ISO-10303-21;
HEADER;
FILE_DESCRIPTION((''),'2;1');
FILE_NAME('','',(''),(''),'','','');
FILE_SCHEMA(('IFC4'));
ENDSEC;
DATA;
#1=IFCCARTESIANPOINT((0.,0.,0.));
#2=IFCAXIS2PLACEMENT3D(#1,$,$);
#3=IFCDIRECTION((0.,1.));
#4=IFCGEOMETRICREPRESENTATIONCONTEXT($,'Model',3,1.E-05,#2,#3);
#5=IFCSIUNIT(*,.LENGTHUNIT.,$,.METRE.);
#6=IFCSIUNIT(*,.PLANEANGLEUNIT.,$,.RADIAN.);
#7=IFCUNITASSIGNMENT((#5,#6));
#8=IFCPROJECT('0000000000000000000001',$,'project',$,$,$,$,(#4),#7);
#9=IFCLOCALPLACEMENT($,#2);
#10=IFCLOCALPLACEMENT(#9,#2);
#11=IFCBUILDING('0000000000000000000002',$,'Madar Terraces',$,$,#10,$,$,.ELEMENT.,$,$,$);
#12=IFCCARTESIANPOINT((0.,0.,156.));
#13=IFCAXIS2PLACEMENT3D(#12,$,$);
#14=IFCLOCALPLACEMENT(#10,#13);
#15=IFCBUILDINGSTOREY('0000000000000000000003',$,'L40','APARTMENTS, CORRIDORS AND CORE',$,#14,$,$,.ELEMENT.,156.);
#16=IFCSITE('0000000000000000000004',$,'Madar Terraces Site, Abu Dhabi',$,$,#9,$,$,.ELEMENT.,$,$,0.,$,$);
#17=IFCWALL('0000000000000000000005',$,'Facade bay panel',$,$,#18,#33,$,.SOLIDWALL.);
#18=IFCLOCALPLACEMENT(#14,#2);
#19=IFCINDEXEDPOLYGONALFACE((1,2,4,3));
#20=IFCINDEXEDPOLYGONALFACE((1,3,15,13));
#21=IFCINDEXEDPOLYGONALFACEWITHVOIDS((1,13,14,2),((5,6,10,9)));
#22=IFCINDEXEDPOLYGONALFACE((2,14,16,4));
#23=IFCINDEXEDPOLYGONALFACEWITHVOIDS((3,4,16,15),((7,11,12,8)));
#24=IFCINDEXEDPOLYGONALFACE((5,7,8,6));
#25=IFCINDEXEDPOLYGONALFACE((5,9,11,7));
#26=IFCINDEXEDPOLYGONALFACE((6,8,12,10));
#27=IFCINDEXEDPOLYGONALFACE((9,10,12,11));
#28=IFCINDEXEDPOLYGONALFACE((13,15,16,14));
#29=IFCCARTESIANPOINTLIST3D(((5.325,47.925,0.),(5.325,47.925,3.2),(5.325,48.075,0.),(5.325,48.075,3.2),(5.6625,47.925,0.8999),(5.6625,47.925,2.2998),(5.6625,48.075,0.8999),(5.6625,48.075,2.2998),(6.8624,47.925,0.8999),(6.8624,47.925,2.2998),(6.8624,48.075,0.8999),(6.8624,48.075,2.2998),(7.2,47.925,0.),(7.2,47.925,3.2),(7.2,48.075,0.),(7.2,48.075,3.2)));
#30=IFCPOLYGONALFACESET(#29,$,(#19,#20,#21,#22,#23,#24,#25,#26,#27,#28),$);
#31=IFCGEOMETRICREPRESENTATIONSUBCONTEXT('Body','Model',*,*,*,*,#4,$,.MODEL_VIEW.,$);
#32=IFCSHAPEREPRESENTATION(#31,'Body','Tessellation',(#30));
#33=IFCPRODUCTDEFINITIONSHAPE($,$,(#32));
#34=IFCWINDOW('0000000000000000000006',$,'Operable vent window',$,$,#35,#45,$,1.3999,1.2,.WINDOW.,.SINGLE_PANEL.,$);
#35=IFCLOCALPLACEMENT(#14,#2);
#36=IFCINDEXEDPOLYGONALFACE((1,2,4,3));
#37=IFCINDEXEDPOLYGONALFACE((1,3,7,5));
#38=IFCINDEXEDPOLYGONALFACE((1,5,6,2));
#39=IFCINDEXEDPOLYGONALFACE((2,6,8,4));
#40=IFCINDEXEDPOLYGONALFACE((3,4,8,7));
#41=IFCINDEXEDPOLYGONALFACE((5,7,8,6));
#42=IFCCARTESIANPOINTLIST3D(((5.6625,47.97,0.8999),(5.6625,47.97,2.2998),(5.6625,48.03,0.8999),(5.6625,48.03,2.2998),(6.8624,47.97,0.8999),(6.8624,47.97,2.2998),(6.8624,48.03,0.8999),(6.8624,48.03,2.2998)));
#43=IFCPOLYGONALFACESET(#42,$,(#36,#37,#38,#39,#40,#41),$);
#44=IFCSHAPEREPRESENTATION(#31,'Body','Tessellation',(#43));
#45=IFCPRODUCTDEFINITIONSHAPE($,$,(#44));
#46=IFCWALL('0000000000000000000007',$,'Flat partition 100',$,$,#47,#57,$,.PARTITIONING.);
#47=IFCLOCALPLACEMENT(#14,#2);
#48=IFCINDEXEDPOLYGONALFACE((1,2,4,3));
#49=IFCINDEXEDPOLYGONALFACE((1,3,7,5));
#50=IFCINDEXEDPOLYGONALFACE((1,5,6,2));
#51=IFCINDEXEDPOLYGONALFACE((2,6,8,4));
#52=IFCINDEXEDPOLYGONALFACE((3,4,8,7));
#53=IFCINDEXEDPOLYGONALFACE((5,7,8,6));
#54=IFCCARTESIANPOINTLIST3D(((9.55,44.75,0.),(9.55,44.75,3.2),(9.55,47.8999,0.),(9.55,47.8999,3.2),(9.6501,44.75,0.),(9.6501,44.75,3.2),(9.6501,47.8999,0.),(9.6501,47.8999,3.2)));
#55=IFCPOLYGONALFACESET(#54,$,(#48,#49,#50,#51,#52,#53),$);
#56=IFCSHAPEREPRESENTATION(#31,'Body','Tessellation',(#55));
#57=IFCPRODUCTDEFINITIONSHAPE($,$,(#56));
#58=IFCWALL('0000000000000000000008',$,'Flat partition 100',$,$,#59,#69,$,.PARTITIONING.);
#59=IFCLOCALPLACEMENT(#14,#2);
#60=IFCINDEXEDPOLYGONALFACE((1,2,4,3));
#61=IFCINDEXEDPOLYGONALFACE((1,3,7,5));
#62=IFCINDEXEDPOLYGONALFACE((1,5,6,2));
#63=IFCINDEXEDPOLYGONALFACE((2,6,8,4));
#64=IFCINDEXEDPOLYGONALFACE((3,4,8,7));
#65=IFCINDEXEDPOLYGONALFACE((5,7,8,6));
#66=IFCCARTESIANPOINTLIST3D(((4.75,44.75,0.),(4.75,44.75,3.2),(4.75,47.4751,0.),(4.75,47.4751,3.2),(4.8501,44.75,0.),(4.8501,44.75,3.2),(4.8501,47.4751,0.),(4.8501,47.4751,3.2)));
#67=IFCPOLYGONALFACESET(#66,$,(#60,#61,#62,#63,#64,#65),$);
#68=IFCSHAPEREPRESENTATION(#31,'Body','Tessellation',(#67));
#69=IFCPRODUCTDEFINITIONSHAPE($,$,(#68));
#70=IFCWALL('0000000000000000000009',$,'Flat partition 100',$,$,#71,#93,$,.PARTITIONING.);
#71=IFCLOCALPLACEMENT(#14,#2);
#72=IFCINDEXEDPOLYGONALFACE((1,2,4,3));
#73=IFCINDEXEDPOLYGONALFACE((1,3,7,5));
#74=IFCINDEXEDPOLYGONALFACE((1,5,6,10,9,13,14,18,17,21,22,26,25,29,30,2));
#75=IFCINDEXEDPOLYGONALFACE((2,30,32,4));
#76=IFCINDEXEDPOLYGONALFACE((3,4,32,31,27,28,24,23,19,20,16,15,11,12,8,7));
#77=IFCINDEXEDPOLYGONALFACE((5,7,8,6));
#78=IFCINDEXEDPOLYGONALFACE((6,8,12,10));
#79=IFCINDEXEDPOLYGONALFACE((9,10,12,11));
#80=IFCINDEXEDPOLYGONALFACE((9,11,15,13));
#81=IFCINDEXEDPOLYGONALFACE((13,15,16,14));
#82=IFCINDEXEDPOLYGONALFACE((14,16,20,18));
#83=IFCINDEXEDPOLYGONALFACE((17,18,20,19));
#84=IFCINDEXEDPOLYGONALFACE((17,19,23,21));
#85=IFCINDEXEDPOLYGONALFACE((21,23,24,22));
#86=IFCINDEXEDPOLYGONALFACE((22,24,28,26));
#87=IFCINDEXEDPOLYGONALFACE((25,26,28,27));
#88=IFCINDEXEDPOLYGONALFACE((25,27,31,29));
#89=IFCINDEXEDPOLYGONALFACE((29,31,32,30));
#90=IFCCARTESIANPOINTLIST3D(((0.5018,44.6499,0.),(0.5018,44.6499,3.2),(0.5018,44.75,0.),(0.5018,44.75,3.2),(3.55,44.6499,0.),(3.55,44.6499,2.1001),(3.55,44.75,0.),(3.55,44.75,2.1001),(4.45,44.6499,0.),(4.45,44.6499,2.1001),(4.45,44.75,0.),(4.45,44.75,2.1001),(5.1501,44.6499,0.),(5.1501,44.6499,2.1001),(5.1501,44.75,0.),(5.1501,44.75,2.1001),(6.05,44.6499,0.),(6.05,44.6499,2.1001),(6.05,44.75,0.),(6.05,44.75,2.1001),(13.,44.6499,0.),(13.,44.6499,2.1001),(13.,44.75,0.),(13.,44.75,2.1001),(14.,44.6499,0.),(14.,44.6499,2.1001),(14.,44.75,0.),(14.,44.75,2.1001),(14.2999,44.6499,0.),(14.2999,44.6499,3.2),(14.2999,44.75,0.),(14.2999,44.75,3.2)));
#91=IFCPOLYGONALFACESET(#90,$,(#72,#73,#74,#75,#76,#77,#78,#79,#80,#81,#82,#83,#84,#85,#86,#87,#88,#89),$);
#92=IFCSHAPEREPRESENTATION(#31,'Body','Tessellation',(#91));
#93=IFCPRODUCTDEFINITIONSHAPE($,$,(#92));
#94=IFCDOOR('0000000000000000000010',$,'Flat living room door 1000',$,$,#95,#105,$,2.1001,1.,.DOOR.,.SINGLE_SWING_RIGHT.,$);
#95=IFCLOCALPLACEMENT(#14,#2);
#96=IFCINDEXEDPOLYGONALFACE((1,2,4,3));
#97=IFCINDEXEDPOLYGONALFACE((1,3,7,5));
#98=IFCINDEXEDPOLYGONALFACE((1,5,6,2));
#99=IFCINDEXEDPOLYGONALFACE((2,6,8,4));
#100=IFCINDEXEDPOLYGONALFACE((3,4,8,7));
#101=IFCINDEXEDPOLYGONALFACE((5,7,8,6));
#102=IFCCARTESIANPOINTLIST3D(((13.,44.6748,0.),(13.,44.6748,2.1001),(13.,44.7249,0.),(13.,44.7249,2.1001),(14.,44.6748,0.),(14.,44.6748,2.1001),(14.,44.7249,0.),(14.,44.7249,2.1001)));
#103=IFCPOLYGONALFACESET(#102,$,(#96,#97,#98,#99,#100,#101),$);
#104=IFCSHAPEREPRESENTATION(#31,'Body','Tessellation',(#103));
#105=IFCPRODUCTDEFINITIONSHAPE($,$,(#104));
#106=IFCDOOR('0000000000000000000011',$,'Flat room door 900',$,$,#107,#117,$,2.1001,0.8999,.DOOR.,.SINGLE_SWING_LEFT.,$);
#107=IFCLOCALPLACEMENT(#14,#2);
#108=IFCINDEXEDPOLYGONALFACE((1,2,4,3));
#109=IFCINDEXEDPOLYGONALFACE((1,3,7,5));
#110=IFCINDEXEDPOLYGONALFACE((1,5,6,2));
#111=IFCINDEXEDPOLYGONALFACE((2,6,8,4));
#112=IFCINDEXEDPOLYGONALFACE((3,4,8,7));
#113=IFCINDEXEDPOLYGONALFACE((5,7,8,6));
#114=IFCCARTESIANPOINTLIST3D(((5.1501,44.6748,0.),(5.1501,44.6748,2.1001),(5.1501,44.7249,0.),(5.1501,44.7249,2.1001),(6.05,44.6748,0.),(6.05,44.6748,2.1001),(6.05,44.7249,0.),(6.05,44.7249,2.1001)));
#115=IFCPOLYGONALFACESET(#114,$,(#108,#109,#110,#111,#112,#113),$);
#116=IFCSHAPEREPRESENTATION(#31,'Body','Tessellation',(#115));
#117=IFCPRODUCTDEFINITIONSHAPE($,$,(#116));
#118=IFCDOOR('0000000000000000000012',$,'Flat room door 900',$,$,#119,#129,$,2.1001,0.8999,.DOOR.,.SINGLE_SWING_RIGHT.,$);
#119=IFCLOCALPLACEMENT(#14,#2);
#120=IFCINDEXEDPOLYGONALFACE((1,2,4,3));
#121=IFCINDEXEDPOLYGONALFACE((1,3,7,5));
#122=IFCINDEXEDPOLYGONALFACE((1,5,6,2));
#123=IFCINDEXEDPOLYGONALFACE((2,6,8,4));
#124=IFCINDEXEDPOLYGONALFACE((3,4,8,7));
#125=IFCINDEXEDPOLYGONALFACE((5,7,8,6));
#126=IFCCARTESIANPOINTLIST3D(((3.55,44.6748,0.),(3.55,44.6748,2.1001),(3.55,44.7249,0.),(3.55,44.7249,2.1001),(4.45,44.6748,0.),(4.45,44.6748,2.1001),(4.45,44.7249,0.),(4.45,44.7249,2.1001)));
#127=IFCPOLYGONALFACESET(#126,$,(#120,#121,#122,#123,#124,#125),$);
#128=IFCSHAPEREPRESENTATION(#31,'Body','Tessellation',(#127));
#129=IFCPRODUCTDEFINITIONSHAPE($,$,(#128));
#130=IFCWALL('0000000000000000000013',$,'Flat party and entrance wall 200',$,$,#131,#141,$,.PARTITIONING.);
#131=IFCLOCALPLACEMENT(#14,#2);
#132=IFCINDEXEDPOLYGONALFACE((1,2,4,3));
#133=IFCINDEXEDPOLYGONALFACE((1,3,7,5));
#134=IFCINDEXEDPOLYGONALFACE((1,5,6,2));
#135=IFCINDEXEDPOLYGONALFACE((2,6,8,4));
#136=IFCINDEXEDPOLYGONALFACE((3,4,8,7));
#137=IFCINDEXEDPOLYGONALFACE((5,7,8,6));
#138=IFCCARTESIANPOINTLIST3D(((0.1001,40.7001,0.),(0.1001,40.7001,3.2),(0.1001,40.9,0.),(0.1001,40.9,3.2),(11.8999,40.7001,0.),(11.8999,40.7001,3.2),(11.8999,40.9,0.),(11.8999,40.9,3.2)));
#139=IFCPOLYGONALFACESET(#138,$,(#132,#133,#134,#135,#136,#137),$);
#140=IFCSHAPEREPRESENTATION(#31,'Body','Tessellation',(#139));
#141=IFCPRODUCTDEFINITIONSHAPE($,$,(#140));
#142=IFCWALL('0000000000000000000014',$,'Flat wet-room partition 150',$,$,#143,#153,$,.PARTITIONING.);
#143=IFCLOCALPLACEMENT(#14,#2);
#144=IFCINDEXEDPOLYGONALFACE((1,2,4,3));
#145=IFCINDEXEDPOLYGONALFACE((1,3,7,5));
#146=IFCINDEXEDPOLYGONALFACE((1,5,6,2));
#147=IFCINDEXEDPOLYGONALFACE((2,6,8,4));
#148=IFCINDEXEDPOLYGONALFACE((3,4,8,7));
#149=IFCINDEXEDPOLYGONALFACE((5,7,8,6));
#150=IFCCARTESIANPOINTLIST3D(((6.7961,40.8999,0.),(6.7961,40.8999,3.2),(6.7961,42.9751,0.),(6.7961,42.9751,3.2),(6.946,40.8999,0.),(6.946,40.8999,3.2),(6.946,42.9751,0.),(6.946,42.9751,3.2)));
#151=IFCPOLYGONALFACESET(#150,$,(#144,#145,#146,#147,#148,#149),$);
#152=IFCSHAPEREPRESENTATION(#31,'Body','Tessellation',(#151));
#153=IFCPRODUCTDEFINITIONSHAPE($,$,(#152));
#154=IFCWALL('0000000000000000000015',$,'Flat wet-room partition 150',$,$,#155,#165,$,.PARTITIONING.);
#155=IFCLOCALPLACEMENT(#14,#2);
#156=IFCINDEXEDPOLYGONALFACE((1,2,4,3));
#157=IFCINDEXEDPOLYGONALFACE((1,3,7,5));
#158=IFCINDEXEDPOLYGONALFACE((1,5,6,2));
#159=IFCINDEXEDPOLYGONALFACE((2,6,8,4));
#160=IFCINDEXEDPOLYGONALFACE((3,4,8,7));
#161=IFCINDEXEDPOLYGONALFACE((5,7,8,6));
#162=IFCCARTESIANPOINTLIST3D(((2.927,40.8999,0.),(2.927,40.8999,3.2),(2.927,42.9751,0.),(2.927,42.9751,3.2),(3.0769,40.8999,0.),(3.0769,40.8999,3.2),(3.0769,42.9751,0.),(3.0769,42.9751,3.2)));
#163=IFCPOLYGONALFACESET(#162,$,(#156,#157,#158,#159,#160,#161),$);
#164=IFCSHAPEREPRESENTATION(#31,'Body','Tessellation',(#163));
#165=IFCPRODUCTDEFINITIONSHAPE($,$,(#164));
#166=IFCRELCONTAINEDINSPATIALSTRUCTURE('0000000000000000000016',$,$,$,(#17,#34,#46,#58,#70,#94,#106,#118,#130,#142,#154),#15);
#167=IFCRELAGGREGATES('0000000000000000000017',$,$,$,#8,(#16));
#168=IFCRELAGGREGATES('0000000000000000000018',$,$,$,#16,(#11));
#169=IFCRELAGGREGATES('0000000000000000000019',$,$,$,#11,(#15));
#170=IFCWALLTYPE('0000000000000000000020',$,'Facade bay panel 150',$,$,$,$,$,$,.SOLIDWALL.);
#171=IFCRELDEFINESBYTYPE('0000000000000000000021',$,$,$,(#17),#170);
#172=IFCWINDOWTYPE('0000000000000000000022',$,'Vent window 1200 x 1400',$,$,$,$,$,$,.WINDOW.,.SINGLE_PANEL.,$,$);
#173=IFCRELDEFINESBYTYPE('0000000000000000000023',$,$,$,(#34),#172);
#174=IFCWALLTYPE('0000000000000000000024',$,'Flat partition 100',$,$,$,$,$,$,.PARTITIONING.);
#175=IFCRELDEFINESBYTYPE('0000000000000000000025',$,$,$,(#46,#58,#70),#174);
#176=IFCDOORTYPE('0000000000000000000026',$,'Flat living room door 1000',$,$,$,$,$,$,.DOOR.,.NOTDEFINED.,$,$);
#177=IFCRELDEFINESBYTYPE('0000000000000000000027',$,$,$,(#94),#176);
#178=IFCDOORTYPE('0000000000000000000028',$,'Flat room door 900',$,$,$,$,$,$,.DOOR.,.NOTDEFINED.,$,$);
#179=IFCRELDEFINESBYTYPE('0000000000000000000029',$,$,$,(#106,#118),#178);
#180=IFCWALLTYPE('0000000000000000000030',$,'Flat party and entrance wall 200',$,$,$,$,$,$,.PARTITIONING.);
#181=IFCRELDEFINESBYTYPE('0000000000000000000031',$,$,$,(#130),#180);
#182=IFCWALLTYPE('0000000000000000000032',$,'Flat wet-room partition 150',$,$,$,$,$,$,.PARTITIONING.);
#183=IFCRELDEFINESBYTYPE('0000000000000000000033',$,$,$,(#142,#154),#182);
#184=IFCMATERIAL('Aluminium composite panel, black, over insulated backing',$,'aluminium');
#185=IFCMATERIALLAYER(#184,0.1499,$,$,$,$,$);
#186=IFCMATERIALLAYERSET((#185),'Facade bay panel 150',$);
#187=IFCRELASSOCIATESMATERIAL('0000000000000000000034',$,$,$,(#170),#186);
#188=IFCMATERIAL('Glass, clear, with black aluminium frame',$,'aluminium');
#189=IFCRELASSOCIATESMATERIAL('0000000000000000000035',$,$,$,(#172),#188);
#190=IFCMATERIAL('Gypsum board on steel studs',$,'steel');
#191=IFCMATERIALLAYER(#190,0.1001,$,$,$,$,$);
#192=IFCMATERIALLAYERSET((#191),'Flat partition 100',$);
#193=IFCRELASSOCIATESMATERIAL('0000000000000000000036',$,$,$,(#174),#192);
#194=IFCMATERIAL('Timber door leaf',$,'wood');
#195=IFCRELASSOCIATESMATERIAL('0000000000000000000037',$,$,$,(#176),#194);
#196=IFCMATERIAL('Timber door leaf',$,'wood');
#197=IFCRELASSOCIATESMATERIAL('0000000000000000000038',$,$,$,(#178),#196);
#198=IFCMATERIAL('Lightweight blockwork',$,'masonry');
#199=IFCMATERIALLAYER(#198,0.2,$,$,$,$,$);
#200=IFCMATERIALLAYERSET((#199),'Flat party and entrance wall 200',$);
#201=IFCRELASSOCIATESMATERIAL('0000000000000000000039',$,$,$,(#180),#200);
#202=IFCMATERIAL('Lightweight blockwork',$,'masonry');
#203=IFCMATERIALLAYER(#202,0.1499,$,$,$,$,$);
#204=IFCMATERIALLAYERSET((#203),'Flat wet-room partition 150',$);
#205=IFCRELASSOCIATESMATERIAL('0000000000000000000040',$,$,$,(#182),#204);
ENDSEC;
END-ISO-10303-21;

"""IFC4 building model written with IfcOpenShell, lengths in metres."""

from ifc_helpers import new_model, si_unit, direction, frame, frame_2d, origin, place, context, subcontext, project, spatial, rectangle, extrude, material, layer, layer_set, type_object, element, fill, save


model = new_model("IFC4")

# Units and contexts
model_context = context("Model", 3, precision=1e-05, world=origin(), true_north=direction((0.0, 1.0)))
body_context = subcontext(model_context, "Body", "Model", "MODEL_VIEW")
ifc_project = project(units=[si_unit("LENGTHUNIT", "METRE"), si_unit("PLANEANGLEUNIT", "RADIAN")], contexts=[model_context])

# Site, building, storey
site_placement = place(None, origin())
site = spatial("IfcSite", under=ifc_project, at=site_placement, Name="Madar Terraces Site, Abu Dhabi", CompositionType="ELEMENT", RefElevation=0.0)
building_placement = place(site_placement, origin())
building = spatial("IfcBuilding", under=site, at=building_placement, Name="Madar Terraces", CompositionType="ELEMENT")
storey_placement = place(building_placement, frame((0.0, 0.0, 156.0)))
storey = spatial("IfcBuildingStorey", under=building, at=storey_placement, Name="L40", Description="APARTMENTS, CORRIDORS AND CORE", CompositionType="ELEMENT", Elevation=156.0)

# Wall, opening, window
ifc_material_1 = material(Name="Aluminium composite panel, black, over insulated backing", Category="aluminium")
ifc_layer_1 = layer(ifc_material_1, 0.1499)
ifc_layer_set_1 = layer_set([ifc_layer_1], Name="Facade bay panel 150")
wall_type_1 = type_object("IfcWallType", Name="Facade bay panel 150", PredefinedType="SOLIDWALL", material=ifc_layer_set_1)
wall_1_placement = place(storey_placement, frame((7.2, 48.0, 0.0), z_axis=(0.0, 0.0, 1.0), x_axis=(-1.0, 0.0, 0.0)))
wall_1 = element("IfcWall", 1, at=wall_1_placement, inside=storey, type_object=wall_type_1, Name="Facade bay panel", PredefinedType="SOLIDWALL", context=body_context, shape_type="SweptSolid", body=[
    extrude(rectangle(XDim=1.875, YDim=0.1499, at=frame_2d((0.9375, 0.0))), origin(), (0.0, 0.0, 1.0), 3.2),
])
opening_1_placement = place(wall_1_placement, frame((0.3374, 0.0, 0.8999)))
opening_1 = element("IfcOpeningElement", 2, at=opening_1_placement, cuts=wall_1, PredefinedType="OPENING", context=body_context, shape_type="SweptSolid", body=[
    extrude(rectangle(XDim=1.2, YDim=1.3999, at=frame_2d((0.6001, 0.7))), frame((0.0, 0.085, 0.0), z_axis=(0.0, -1.0, 0.0), x_axis=(1.0, 0.0, 0.0)), (0.0, 0.0, 1.0), 0.1699),
])
ifc_material_2 = material(Name="Glass, clear, with black aluminium frame", Category="aluminium")
window_type = type_object("IfcWindowType", Name="Vent window 1200 x 1400", PartitioningType="SINGLE_PANEL", PredefinedType="WINDOW", material=ifc_material_2)
window_placement = place(opening_1_placement, origin())
window = element("IfcWindow", 3, at=window_placement, inside=storey, type_object=window_type, Name="Operable vent window", OverallHeight=1.3999, OverallWidth=1.2, PartitioningType="SINGLE_PANEL", PredefinedType="WINDOW", context=body_context, shape_type="SweptSolid", body=[
    extrude(rectangle(XDim=1.2, YDim=1.3999, at=frame_2d((0.6001, 0.7))), frame((0.0, 0.03, 0.0), z_axis=(0.0, -1.0, 0.0), x_axis=(1.0, 0.0, 0.0)), (0.0, 0.0, 1.0), 0.0601),
])
fill(opening_1, window)

# Walls
ifc_material_3 = material(Name="Gypsum board on steel studs", Category="steel")
ifc_layer_2 = layer(ifc_material_3, 0.1001)
ifc_layer_set_2 = layer_set([ifc_layer_2], Name="Flat partition 100")
wall_type_2 = type_object("IfcWallType", Name="Flat partition 100", PredefinedType="PARTITIONING", material=ifc_layer_set_2)
wall_2_placement = place(storey_placement, frame((9.6001, 44.75, 0.0), z_axis=(0.0, 0.0, 1.0), x_axis=(0.0, 1.0, 0.0)))
element("IfcWall", 4, at=wall_2_placement, inside=storey, type_object=wall_type_2, Name="Flat partition 100", PredefinedType="PARTITIONING", context=body_context, shape_type="SweptSolid", body=[
    extrude(rectangle(XDim=3.1499, YDim=0.1001, at=frame_2d((1.575, 0.0))), origin(), (0.0, 0.0, 1.0), 3.2),
])
wall_3_placement = place(storey_placement, frame((4.8, 44.75, 0.0), z_axis=(0.0, 0.0, 1.0), x_axis=(0.0, 1.0, 0.0)))
element("IfcWall", 5, at=wall_3_placement, inside=storey, type_object=wall_type_2, Name="Flat partition 100", PredefinedType="PARTITIONING", context=body_context, shape_type="SweptSolid", body=[
    extrude(rectangle(XDim=2.7251, YDim=0.1001, at=frame_2d((1.3625, 0.0))), origin(), (0.0, 0.0, 1.0), 3.2),
])

# Wall, openings, doors
wall_4_placement = place(storey_placement, frame((0.502, 44.7, 0.0), z_axis=(0.0, 0.0, 1.0), x_axis=(1.0, 0.0, 0.0)))
wall_4 = element("IfcWall", 6, at=wall_4_placement, inside=storey, type_object=wall_type_2, Name="Flat partition 100", PredefinedType="PARTITIONING", context=body_context, shape_type="SweptSolid", body=[
    extrude(rectangle(XDim=13.7981, YDim=0.1001, at=frame_2d((6.8989, 0.0))), origin(), (0.0, 0.0, 1.0), 3.2),
])
opening_2_placement = place(wall_4_placement, frame((12.498, 0.0, 0.0)))
opening_2 = element("IfcOpeningElement", 7, at=opening_2_placement, cuts=wall_4, PredefinedType="OPENING", context=body_context, shape_type="SweptSolid", body=[
    extrude(rectangle(XDim=1.0, YDim=2.1001, at=frame_2d((0.5, 1.05))), frame((0.0, 0.0601, 0.0), z_axis=(0.0, -1.0, 0.0), x_axis=(1.0, 0.0, 0.0)), (0.0, 0.0, 1.0), 0.1201),
])
opening_3_placement = place(wall_4_placement, frame((4.6482, 0.0, 0.0)))
opening_3 = element("IfcOpeningElement", 8, at=opening_3_placement, cuts=wall_4, PredefinedType="OPENING", context=body_context, shape_type="SweptSolid", body=[
    extrude(rectangle(XDim=0.8999, YDim=2.1001, at=frame_2d((0.45, 1.05))), frame((0.0, 0.0601, 0.0), z_axis=(0.0, -1.0, 0.0), x_axis=(1.0, 0.0, 0.0)), (0.0, 0.0, 1.0), 0.1201),
])
opening_4_placement = place(wall_4_placement, frame((3.0481, 0.0, 0.0)))
opening_4 = element("IfcOpeningElement", 9, at=opening_4_placement, cuts=wall_4, PredefinedType="OPENING", context=body_context, shape_type="SweptSolid", body=[
    extrude(rectangle(XDim=0.8999, YDim=2.1001, at=frame_2d((0.45, 1.05))), frame((0.0, 0.0601, 0.0), z_axis=(0.0, -1.0, 0.0), x_axis=(1.0, 0.0, 0.0)), (0.0, 0.0, 1.0), 0.1201),
])
ifc_material_4 = material(Name="Timber door leaf", Category="wood")
door_type_1 = type_object("IfcDoorType", Name="Flat living room door 1000", OperationType="NOTDEFINED", PredefinedType="DOOR", material=ifc_material_4)
door_1_placement = place(opening_2_placement, origin())
door_1 = element("IfcDoor", 10, at=door_1_placement, inside=storey, type_object=door_type_1, Name="Flat living room door 1000", OperationType="SINGLE_SWING_RIGHT", OverallHeight=2.1001, OverallWidth=1.0, PredefinedType="DOOR", context=body_context, shape_type="SweptSolid", body=[
    extrude(rectangle(XDim=1.0, YDim=2.1001, at=frame_2d((0.5, 1.05))), frame((0.0, 0.0249, 0.0), z_axis=(0.0, -1.0, 0.0), x_axis=(1.0, 0.0, 0.0)), (0.0, 0.0, 1.0), 0.05),
])
fill(opening_2, door_1)
ifc_material_5 = material(Name="Timber door leaf", Category="wood")
door_type_2 = type_object("IfcDoorType", Name="Flat room door 900", OperationType="NOTDEFINED", PredefinedType="DOOR", material=ifc_material_5)
door_2_placement = place(opening_3_placement, origin())
door_2 = element("IfcDoor", 11, at=door_2_placement, inside=storey, type_object=door_type_2, Name="Flat room door 900", OperationType="SINGLE_SWING_LEFT", OverallHeight=2.1001, OverallWidth=0.8999, PredefinedType="DOOR", context=body_context, shape_type="SweptSolid", body=[
    extrude(rectangle(XDim=0.8999, YDim=2.1001, at=frame_2d((0.45, 1.05))), frame((0.0, 0.0249, 0.0), z_axis=(0.0, -1.0, 0.0), x_axis=(1.0, 0.0, 0.0)), (0.0, 0.0, 1.0), 0.05),
])
fill(opening_3, door_2)
door_3_placement = place(opening_4_placement, origin())
door_3 = element("IfcDoor", 12, at=door_3_placement, inside=storey, type_object=door_type_2, Name="Flat room door 900", OperationType="SINGLE_SWING_RIGHT", OverallHeight=2.1001, OverallWidth=0.8999, PredefinedType="DOOR", context=body_context, shape_type="SweptSolid", body=[
    extrude(rectangle(XDim=0.8999, YDim=2.1001, at=frame_2d((0.45, 1.05))), frame((0.0, 0.0249, 0.0), z_axis=(0.0, -1.0, 0.0), x_axis=(1.0, 0.0, 0.0)), (0.0, 0.0, 1.0), 0.05),
])
fill(opening_4, door_3)

# Walls
ifc_material_6 = material(Name="Lightweight blockwork", Category="masonry")
ifc_layer_3 = layer(ifc_material_6, 0.2)
ifc_layer_set_3 = layer_set([ifc_layer_3], Name="Flat party and entrance wall 200")
wall_type_3 = type_object("IfcWallType", Name="Flat party and entrance wall 200", PredefinedType="PARTITIONING", material=ifc_layer_set_3)
wall_5_placement = place(storey_placement, frame((0.1001, 40.8, 0.0), z_axis=(0.0, 0.0, 1.0), x_axis=(1.0, 0.0, 0.0)))
element("IfcWall", 13, at=wall_5_placement, inside=storey, type_object=wall_type_3, Name="Flat party and entrance wall 200", PredefinedType="PARTITIONING", context=body_context, shape_type="SweptSolid", body=[
    extrude(rectangle(XDim=11.7998, YDim=0.2, at=frame_2d((5.8999, 0.0))), origin(), (0.0, 0.0, 1.0), 3.2),
])
ifc_material_7 = material(Name="Lightweight blockwork", Category="masonry")
ifc_layer_4 = layer(ifc_material_7, 0.1499)
ifc_layer_set_4 = layer_set([ifc_layer_4], Name="Flat wet-room partition 150")
wall_type_4 = type_object("IfcWallType", Name="Flat wet-room partition 150", PredefinedType="PARTITIONING", material=ifc_layer_set_4)
for number, where, z_axis, x_axis, name in (
    (14, (6.8711, 40.8999, 0.0), (0.0, 0.0, 1.0), (0.0, 1.0, 0.0), "Flat wet-room partition 150"),
    (15, (3.002, 40.8999, 0.0), (0.0, 0.0, 1.0), (0.0, 1.0, 0.0), "Flat wet-room partition 150"),
):
    element("IfcWall", number, at=place(storey_placement, frame(where, z_axis=z_axis, x_axis=x_axis)), inside=storey, type_object=wall_type_4, Name=name, PredefinedType="PARTITIONING", context=body_context, shape_type="SweptSolid", body=[
        extrude(rectangle(XDim=2.0752, YDim=0.1499, at=frame_2d((1.0376, 0.0))), origin(), (0.0, 0.0, 1.0), 3.2),
    ])

save(model, "model.ifc")
